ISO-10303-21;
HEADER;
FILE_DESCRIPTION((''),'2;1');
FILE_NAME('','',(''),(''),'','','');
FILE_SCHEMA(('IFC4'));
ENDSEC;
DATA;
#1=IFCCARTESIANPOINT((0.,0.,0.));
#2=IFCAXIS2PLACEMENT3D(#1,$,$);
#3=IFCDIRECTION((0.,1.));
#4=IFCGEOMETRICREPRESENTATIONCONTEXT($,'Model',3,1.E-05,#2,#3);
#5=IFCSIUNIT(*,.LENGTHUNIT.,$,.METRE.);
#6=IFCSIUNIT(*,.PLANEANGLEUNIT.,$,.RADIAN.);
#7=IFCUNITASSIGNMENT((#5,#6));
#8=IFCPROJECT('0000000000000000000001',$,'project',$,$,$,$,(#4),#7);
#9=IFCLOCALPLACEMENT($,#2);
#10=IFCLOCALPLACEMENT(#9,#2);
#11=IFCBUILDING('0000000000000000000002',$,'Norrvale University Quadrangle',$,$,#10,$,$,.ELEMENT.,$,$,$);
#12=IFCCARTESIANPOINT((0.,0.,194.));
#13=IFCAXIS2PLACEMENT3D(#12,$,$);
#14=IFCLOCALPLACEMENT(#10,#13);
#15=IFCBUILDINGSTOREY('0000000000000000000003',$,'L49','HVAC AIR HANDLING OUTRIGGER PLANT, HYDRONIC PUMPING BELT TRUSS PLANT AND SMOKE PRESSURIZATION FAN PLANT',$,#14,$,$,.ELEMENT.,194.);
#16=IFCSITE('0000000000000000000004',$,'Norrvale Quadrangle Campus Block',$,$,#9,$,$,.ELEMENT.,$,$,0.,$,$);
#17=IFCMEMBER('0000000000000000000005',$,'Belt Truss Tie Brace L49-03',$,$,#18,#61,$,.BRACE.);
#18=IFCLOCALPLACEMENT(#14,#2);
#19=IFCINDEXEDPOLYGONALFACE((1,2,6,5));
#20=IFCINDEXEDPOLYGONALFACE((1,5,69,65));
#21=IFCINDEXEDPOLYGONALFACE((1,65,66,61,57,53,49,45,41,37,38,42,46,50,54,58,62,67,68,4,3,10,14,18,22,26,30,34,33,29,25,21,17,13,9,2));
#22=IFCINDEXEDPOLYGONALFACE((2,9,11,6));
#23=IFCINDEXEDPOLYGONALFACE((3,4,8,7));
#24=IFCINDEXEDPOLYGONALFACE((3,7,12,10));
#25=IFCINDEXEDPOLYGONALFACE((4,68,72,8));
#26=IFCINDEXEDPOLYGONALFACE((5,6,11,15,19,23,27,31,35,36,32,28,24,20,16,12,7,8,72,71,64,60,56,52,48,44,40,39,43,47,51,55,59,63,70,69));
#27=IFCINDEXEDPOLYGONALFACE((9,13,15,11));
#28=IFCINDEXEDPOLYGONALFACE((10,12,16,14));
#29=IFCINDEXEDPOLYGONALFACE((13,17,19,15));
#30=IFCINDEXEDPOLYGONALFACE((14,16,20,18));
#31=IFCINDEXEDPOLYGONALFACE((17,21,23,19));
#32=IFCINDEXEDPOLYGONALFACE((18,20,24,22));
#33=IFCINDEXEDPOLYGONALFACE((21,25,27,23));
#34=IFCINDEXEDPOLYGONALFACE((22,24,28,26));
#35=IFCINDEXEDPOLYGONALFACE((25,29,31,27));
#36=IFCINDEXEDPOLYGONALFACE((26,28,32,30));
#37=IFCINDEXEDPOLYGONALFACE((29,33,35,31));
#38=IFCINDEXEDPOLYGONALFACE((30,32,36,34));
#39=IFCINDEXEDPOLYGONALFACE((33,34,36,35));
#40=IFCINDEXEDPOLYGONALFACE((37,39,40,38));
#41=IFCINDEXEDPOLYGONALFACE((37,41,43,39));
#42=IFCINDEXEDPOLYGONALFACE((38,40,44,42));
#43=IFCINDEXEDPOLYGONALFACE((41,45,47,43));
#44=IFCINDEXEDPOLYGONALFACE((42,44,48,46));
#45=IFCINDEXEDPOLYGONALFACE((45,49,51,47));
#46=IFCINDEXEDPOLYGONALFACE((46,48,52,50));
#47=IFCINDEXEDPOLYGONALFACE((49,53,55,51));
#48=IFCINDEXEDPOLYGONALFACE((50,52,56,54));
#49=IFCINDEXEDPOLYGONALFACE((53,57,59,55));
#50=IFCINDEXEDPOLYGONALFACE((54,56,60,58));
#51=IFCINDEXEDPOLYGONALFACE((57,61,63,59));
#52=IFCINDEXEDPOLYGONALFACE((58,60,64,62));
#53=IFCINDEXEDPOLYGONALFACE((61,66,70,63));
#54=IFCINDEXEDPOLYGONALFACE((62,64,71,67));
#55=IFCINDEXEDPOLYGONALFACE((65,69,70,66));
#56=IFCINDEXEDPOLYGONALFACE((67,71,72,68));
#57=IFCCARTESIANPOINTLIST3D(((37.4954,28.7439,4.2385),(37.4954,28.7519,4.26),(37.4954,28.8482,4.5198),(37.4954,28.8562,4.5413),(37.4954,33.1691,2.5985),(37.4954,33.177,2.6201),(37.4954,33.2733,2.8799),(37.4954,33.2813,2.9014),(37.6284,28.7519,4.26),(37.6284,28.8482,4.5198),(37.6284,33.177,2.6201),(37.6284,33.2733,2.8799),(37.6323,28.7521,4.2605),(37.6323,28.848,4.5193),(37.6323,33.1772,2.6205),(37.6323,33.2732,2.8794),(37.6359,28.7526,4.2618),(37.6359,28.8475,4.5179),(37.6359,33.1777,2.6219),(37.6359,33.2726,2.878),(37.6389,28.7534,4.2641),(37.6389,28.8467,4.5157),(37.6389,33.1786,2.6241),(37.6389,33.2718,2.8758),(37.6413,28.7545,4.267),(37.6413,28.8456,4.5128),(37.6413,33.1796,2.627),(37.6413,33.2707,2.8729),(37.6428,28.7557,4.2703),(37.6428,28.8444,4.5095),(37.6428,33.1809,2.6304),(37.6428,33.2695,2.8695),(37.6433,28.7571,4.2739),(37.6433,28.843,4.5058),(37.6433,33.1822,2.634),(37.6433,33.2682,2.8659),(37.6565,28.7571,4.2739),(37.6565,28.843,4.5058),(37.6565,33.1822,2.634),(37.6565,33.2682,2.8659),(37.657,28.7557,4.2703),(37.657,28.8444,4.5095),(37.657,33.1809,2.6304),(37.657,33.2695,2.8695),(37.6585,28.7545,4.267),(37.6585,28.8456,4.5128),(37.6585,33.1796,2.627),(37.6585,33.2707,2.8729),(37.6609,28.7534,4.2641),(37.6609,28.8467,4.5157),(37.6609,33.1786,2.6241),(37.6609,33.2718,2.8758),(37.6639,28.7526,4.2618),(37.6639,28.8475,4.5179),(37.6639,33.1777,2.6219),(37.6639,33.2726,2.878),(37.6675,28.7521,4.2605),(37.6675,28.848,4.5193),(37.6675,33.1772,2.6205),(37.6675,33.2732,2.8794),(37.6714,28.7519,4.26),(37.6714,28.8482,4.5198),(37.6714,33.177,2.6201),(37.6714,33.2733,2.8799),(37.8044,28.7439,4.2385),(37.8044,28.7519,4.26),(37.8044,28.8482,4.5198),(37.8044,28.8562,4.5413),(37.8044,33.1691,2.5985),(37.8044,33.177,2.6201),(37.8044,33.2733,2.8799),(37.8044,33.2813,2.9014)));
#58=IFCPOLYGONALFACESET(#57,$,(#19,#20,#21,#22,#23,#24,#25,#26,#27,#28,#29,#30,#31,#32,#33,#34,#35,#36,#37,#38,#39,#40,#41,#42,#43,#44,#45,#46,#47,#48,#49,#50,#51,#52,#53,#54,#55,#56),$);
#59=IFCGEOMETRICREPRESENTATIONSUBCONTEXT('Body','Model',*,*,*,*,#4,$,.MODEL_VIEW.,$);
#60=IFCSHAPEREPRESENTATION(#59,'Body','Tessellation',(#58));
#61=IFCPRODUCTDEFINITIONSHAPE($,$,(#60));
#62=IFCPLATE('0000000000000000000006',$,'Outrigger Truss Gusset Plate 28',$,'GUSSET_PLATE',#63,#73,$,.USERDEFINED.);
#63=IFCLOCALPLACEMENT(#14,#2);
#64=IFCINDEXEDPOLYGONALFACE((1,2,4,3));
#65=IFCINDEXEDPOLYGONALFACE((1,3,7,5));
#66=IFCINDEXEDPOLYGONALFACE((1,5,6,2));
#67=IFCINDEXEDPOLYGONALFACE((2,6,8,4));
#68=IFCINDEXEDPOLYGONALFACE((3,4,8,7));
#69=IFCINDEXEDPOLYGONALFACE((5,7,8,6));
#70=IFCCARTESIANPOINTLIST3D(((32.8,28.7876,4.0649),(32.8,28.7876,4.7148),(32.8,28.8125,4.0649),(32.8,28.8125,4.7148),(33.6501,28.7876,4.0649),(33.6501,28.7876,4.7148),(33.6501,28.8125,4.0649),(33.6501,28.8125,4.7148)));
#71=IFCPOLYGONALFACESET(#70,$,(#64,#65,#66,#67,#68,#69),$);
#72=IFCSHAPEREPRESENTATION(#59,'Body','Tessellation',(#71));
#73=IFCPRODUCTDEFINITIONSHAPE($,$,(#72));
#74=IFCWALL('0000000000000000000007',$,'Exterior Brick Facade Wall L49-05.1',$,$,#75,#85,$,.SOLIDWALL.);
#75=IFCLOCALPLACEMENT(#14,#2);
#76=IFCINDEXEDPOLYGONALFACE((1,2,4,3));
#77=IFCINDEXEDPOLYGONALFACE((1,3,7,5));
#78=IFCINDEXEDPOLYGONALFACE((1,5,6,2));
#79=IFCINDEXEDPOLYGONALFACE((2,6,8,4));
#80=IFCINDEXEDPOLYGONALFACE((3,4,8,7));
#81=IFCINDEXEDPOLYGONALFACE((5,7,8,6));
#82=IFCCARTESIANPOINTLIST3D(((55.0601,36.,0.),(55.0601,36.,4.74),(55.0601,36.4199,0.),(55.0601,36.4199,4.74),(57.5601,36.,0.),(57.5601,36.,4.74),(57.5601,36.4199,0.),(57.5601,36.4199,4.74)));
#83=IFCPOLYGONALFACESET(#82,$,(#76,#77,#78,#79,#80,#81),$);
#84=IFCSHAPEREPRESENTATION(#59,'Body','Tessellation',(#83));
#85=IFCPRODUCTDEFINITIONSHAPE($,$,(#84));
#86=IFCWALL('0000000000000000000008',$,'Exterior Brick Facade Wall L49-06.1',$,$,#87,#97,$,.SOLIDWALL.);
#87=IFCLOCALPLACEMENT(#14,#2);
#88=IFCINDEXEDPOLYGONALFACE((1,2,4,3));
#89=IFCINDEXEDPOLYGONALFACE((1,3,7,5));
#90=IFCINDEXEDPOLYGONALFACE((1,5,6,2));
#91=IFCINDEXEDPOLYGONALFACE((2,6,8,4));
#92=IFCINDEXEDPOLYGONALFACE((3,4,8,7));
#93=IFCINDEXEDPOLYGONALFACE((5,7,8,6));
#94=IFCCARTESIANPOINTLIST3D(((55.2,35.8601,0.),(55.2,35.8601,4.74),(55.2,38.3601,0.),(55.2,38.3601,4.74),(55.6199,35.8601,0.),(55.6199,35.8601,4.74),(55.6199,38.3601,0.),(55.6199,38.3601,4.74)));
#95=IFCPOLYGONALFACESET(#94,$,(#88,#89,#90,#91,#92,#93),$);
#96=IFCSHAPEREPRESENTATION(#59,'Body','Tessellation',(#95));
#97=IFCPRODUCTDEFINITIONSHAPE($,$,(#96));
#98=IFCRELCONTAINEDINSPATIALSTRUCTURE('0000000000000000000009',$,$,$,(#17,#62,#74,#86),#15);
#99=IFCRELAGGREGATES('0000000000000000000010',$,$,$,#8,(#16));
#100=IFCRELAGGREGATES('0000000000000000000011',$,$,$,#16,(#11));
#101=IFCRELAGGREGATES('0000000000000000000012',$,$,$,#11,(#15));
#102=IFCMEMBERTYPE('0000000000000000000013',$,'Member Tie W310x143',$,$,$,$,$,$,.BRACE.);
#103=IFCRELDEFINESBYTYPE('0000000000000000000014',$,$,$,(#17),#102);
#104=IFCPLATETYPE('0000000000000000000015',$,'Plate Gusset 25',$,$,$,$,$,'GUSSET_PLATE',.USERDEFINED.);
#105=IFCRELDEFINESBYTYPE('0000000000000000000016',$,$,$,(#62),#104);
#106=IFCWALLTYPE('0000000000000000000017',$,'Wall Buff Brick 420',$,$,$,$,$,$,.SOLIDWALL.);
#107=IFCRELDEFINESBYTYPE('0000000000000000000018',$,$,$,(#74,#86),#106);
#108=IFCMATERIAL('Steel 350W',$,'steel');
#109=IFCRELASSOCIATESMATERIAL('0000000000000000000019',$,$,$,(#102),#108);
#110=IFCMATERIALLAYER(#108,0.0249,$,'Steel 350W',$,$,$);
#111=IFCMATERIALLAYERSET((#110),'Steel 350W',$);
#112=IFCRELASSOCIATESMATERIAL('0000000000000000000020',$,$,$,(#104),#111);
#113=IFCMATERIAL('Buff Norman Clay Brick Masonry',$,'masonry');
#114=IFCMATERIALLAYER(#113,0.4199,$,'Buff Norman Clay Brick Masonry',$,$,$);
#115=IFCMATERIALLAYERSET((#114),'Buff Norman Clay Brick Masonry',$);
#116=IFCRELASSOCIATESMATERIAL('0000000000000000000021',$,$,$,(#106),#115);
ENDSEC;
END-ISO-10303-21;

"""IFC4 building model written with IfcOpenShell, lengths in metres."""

from ifc_helpers import new_model, si_unit, direction, frame, frame_2d, origin, origin_2d, place, context, subcontext, project, spatial, rectangle, i_section, extrude, material, layer, layer_set, material_profile, profile_set, type_object, element, save


model = new_model("IFC4")

# Units and contexts
model_context = context("Model", 3, precision=1e-05, world=origin(), true_north=direction((0.0, 1.0)))
body_context = subcontext(model_context, "Body", "Model", "MODEL_VIEW")
ifc_project = project(units=[si_unit("LENGTHUNIT", "METRE"), si_unit("PLANEANGLEUNIT", "RADIAN")], contexts=[model_context])

# Site, building, storey
site_placement = place(None, origin())
site = spatial("IfcSite", under=ifc_project, at=site_placement, Name="Norrvale Quadrangle Campus Block", CompositionType="ELEMENT", RefElevation=0.0)
building_placement = place(site_placement, origin())
building = spatial("IfcBuilding", under=site, at=building_placement, Name="Norrvale University Quadrangle", CompositionType="ELEMENT")
storey_placement = place(building_placement, frame((0.0, 0.0, 194.0)))
storey = spatial("IfcBuildingStorey", under=building, at=storey_placement, Name="L49", Description="HVAC AIR HANDLING OUTRIGGER PLANT, HYDRONIC PUMPING BELT TRUSS PLANT AND SMOKE PRESSURIZATION FAN PLANT", CompositionType="ELEMENT", Elevation=194.0)

# Shared definitions
ifc_material_1 = material(Name="Steel 350W", Category="steel")

# Member
ifc_material_profile_1 = material_profile(ifc_material_1, i_section(OverallWidth=0.3091, OverallDepth=0.323, WebThickness=0.0132, FlangeThickness=0.0229, FilletRadius=0.0149, at=origin_2d()), Name="Steel 350W")
ifc_profile_set_1 = profile_set([ifc_material_profile_1], Name="Steel 350W")
member_type_1 = type_object("IfcMemberType", Name="Member Tie W310x143", PredefinedType="BRACE", material=ifc_profile_set_1)
member_1_placement = place(storey_placement, frame((37.6499, 28.8, 4.3899), z_axis=(0.0, 0.937681, -0.347498), x_axis=(-1.0, 0.0, 0.0)))
element("IfcMember", 1, at=member_1_placement, inside=storey, type_object=member_type_1, Name="Belt Truss Tie Brace L49-03", PredefinedType="BRACE", context=body_context, shape_type="SweptSolid", body=[
    extrude(i_section(OverallWidth=0.3091, OverallDepth=0.323, WebThickness=0.0132, FlangeThickness=0.0229, FilletRadius=0.0149, at=origin_2d()), origin(), (0.0, 0.0, 1.0), 4.7192),
])

# Plate
ifc_layer_1 = layer(ifc_material_1, 0.0249, Name="Steel 350W")
ifc_layer_set_1 = layer_set([ifc_layer_1], Name="Steel 350W")
plate_type = type_object("IfcPlateType", Name="Plate Gusset 25", ElementType="GUSSET_PLATE", PredefinedType="USERDEFINED", material=ifc_layer_set_1)
plate_placement = place(storey_placement, frame((33.2251, 28.8, 4.0649), z_axis=(0.0, 0.0, 1.0), x_axis=(1.0, 0.0, 0.0)))
element("IfcPlate", 2, at=plate_placement, inside=storey, type_object=plate_type, Name="Outrigger Truss Gusset Plate 28", ObjectType="GUSSET_PLATE", PredefinedType="USERDEFINED", context=body_context, shape_type="SweptSolid", body=[
    extrude(rectangle(XDim=0.8501, YDim=0.0249, at=origin_2d()), origin(), (0.0, 0.0, 1.0), 0.6499),
])

# Walls
ifc_material_2 = material(Name="Buff Norman Clay Brick Masonry", Category="masonry")
ifc_layer_2 = layer(ifc_material_2, 0.4199, Name="Buff Norman Clay Brick Masonry")
ifc_layer_set_2 = layer_set([ifc_layer_2], Name="Buff Norman Clay Brick Masonry")
wall_type = type_object("IfcWallType", Name="Wall Buff Brick 420", PredefinedType="SOLIDWALL", material=ifc_layer_set_2)
for number, where, z_axis, x_axis, name in (
    (3, (57.5601, 36.21, 0.0), (0.0, 0.0, 1.0), (-1.0, 0.0, 0.0), "Exterior Brick Facade Wall L49-05.1"),
    (4, (55.4099, 35.8601, 0.0), (0.0, 0.0, 1.0), (0.0, 1.0, 0.0), "Exterior Brick Facade Wall L49-06.1"),
):
    element("IfcWall", number, at=place(storey_placement, frame(where, z_axis=z_axis, x_axis=x_axis)), inside=storey, type_object=wall_type, Name=name, PredefinedType="SOLIDWALL", context=body_context, shape_type="SweptSolid", body=[
        extrude(rectangle(XDim=2.5, YDim=0.4199, at=frame_2d((1.25, 0.0))), origin(), (0.0, 0.0, 1.0), 4.74),
    ])

save(model, "model.ifc")
